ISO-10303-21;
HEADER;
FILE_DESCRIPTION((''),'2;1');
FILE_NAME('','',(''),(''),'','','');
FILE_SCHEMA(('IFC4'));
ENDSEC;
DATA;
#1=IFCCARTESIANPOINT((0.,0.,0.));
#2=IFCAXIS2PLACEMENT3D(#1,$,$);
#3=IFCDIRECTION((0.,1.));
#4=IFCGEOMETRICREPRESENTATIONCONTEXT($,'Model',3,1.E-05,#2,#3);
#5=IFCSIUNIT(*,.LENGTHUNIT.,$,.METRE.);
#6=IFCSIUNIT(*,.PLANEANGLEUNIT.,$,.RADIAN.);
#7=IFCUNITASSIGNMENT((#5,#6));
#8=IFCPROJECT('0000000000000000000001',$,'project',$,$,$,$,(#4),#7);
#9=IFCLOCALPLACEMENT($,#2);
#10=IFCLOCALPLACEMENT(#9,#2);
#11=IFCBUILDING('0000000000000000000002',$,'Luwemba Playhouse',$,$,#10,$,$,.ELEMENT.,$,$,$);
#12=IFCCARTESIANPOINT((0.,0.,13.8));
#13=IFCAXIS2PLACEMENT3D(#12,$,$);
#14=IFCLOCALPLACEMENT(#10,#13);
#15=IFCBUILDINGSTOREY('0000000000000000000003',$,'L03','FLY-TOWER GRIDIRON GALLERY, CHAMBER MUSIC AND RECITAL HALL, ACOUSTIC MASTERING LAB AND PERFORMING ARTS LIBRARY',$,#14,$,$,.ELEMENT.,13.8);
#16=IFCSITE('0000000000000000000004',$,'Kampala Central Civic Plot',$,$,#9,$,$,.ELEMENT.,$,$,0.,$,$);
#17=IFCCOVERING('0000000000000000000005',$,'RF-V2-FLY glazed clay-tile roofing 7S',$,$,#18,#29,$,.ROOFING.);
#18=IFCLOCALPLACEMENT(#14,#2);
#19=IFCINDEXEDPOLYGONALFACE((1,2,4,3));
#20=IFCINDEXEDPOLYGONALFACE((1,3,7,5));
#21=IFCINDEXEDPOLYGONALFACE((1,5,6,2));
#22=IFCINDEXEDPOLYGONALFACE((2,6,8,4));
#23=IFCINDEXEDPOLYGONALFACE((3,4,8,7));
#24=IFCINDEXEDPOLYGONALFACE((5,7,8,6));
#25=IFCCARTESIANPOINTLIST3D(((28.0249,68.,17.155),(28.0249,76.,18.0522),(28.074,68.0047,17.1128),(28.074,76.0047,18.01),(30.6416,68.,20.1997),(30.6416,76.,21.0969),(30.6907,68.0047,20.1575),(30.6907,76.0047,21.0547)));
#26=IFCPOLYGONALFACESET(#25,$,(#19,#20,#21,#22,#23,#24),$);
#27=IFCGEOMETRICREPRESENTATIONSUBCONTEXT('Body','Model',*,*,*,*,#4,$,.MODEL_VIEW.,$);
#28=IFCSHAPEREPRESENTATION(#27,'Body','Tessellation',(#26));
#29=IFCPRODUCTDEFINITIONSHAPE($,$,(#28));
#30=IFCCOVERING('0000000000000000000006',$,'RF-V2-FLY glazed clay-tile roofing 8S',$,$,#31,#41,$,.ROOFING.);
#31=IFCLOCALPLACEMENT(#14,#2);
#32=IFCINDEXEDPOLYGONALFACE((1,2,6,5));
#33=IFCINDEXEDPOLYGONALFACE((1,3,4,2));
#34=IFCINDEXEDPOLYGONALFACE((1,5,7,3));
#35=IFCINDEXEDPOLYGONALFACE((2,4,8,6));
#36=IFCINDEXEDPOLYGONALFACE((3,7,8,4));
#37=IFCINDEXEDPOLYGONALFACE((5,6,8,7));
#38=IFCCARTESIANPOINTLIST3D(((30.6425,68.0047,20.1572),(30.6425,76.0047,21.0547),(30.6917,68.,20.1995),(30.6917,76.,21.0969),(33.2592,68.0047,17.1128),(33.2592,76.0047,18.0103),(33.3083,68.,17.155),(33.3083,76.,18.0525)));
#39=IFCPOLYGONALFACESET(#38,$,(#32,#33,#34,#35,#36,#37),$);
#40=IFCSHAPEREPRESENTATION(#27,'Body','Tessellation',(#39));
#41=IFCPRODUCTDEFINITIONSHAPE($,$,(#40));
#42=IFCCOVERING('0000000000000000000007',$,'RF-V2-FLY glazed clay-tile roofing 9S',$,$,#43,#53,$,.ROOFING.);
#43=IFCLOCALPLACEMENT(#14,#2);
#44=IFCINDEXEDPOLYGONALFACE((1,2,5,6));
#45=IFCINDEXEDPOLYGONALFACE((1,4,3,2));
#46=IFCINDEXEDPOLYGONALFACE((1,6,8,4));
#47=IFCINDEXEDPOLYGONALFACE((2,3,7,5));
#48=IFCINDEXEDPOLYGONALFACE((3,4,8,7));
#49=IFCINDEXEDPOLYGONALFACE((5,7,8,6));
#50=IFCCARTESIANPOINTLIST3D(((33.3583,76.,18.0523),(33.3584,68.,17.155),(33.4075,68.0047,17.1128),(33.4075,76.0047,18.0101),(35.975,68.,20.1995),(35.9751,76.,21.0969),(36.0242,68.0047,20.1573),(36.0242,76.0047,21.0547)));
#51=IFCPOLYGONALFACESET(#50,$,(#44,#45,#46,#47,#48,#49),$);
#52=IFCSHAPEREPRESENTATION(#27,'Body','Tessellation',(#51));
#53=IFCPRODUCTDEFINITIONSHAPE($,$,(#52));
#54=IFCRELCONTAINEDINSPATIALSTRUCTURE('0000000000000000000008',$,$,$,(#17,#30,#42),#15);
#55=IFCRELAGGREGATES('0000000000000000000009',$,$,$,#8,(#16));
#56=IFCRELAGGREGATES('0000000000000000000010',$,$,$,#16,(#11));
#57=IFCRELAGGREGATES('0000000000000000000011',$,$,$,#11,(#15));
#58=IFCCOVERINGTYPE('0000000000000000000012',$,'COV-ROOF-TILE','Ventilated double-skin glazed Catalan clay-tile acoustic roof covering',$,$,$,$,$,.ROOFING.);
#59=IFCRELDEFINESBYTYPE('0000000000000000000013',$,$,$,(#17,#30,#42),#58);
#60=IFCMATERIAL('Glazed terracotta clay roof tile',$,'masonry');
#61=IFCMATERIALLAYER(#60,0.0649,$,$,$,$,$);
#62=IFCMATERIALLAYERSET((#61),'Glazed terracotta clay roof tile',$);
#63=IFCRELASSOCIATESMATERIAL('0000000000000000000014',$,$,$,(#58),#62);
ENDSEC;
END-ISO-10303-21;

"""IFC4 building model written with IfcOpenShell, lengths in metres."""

from ifc_helpers import new_model, si_unit, direction, frame, origin, place, context, subcontext, project, spatial, polyline, outline, extrude, material, layer, layer_set, type_object, element, save


model = new_model("IFC4")

# Units and contexts
model_context = context("Model", 3, precision=1e-05, world=origin(), true_north=direction((0.0, 1.0)))
body_context = subcontext(model_context, "Body", "Model", "MODEL_VIEW")
ifc_project = project(units=[si_unit("LENGTHUNIT", "METRE"), si_unit("PLANEANGLEUNIT", "RADIAN")], contexts=[model_context])

# Site, building, storey
site_placement = place(None, origin())
site = spatial("IfcSite", under=ifc_project, at=site_placement, Name="Kampala Central Civic Plot", CompositionType="ELEMENT", RefElevation=0.0)
building_placement = place(site_placement, origin())
building = spatial("IfcBuilding", under=site, at=building_placement, Name="Luwemba Playhouse", CompositionType="ELEMENT")
storey_placement = place(building_placement, frame((0.0, 0.0, 13.8)))
storey = spatial("IfcBuildingStorey", under=building, at=storey_placement, Name="L03", Description="FLY-TOWER GRIDIRON GALLERY, CHAMBER MUSIC AND RECITAL HALL, ACOUSTIC MASTERING LAB AND PERFORMING ARTS LIBRARY", CompositionType="ELEMENT", Elevation=13.8)

# Coverings
ifc_material_1 = material(Name="Glazed terracotta clay roof tile", Category="masonry")
ifc_layer_1 = layer(ifc_material_1, 0.0649)
ifc_layer_set_1 = layer_set([ifc_layer_1], Name="Glazed terracotta clay roof tile")
covering_type = type_object("IfcCoveringType", Name="COV-ROOF-TILE", Description="Ventilated double-skin glazed Catalan clay-tile acoustic roof covering", PredefinedType="ROOFING", material=ifc_layer_set_1)
covering_1_placement = place(storey_placement, frame((28.0249, 68.0, 17.155), z_axis=(-0.756379, -0.072905, 0.650058), x_axis=(0.651792, 0.0, 0.758397)))
element("IfcCovering", 1, at=covering_1_placement, inside=storey, type_object=covering_type, Name="RF-V2-FLY glazed clay-tile roofing 7S", PredefinedType="ROOFING", context=body_context, shape_type="SweptSolid", body=[
    extrude(outline(polyline([(0.0, 0.0), (4.0146, 0.0), (4.6951, 8.0213), (0.6804, 8.0213), (0.0, 0.0)])), origin(), (0.0, 0.0, -1.0), 0.0649),
])
covering_2_placement = place(storey_placement, frame((30.6917, 68.0, 20.1995), z_axis=(0.756352, -0.072928, 0.650087), x_axis=(0.651822, 0.0, -0.758372)))
element("IfcCovering", 2, at=covering_2_placement, inside=storey, type_object=covering_type, Name="RF-V2-FLY glazed clay-tile roofing 8S", PredefinedType="ROOFING", context=body_context, shape_type="SweptSolid", body=[
    extrude(outline(polyline([(0.0, 0.0), (4.0144, 0.0), (3.3338, 8.0214), (-0.6806, 8.0214), (0.0, 0.0)])), origin(), (0.0, 0.0, -1.0), 0.0649),
])
covering_3_placement = place(storey_placement, frame((33.3584, 68.0, 17.155), z_axis=(-0.756366, -0.072917, 0.650072), x_axis=(0.651808, -0.000001, 0.758384)))
element("IfcCovering", 3, at=covering_3_placement, inside=storey, type_object=covering_type, Name="RF-V2-FLY glazed clay-tile roofing 9S", PredefinedType="ROOFING", context=body_context, shape_type="SweptSolid", body=[
    extrude(outline(polyline([(0.0, 0.0), (4.0144, 0.0), (4.695, 8.0214), (0.6804, 8.0213), (0.0, 0.0)])), origin(), (0.0, 0.0, -1.0), 0.0649),
])

save(model, "model.ifc")
